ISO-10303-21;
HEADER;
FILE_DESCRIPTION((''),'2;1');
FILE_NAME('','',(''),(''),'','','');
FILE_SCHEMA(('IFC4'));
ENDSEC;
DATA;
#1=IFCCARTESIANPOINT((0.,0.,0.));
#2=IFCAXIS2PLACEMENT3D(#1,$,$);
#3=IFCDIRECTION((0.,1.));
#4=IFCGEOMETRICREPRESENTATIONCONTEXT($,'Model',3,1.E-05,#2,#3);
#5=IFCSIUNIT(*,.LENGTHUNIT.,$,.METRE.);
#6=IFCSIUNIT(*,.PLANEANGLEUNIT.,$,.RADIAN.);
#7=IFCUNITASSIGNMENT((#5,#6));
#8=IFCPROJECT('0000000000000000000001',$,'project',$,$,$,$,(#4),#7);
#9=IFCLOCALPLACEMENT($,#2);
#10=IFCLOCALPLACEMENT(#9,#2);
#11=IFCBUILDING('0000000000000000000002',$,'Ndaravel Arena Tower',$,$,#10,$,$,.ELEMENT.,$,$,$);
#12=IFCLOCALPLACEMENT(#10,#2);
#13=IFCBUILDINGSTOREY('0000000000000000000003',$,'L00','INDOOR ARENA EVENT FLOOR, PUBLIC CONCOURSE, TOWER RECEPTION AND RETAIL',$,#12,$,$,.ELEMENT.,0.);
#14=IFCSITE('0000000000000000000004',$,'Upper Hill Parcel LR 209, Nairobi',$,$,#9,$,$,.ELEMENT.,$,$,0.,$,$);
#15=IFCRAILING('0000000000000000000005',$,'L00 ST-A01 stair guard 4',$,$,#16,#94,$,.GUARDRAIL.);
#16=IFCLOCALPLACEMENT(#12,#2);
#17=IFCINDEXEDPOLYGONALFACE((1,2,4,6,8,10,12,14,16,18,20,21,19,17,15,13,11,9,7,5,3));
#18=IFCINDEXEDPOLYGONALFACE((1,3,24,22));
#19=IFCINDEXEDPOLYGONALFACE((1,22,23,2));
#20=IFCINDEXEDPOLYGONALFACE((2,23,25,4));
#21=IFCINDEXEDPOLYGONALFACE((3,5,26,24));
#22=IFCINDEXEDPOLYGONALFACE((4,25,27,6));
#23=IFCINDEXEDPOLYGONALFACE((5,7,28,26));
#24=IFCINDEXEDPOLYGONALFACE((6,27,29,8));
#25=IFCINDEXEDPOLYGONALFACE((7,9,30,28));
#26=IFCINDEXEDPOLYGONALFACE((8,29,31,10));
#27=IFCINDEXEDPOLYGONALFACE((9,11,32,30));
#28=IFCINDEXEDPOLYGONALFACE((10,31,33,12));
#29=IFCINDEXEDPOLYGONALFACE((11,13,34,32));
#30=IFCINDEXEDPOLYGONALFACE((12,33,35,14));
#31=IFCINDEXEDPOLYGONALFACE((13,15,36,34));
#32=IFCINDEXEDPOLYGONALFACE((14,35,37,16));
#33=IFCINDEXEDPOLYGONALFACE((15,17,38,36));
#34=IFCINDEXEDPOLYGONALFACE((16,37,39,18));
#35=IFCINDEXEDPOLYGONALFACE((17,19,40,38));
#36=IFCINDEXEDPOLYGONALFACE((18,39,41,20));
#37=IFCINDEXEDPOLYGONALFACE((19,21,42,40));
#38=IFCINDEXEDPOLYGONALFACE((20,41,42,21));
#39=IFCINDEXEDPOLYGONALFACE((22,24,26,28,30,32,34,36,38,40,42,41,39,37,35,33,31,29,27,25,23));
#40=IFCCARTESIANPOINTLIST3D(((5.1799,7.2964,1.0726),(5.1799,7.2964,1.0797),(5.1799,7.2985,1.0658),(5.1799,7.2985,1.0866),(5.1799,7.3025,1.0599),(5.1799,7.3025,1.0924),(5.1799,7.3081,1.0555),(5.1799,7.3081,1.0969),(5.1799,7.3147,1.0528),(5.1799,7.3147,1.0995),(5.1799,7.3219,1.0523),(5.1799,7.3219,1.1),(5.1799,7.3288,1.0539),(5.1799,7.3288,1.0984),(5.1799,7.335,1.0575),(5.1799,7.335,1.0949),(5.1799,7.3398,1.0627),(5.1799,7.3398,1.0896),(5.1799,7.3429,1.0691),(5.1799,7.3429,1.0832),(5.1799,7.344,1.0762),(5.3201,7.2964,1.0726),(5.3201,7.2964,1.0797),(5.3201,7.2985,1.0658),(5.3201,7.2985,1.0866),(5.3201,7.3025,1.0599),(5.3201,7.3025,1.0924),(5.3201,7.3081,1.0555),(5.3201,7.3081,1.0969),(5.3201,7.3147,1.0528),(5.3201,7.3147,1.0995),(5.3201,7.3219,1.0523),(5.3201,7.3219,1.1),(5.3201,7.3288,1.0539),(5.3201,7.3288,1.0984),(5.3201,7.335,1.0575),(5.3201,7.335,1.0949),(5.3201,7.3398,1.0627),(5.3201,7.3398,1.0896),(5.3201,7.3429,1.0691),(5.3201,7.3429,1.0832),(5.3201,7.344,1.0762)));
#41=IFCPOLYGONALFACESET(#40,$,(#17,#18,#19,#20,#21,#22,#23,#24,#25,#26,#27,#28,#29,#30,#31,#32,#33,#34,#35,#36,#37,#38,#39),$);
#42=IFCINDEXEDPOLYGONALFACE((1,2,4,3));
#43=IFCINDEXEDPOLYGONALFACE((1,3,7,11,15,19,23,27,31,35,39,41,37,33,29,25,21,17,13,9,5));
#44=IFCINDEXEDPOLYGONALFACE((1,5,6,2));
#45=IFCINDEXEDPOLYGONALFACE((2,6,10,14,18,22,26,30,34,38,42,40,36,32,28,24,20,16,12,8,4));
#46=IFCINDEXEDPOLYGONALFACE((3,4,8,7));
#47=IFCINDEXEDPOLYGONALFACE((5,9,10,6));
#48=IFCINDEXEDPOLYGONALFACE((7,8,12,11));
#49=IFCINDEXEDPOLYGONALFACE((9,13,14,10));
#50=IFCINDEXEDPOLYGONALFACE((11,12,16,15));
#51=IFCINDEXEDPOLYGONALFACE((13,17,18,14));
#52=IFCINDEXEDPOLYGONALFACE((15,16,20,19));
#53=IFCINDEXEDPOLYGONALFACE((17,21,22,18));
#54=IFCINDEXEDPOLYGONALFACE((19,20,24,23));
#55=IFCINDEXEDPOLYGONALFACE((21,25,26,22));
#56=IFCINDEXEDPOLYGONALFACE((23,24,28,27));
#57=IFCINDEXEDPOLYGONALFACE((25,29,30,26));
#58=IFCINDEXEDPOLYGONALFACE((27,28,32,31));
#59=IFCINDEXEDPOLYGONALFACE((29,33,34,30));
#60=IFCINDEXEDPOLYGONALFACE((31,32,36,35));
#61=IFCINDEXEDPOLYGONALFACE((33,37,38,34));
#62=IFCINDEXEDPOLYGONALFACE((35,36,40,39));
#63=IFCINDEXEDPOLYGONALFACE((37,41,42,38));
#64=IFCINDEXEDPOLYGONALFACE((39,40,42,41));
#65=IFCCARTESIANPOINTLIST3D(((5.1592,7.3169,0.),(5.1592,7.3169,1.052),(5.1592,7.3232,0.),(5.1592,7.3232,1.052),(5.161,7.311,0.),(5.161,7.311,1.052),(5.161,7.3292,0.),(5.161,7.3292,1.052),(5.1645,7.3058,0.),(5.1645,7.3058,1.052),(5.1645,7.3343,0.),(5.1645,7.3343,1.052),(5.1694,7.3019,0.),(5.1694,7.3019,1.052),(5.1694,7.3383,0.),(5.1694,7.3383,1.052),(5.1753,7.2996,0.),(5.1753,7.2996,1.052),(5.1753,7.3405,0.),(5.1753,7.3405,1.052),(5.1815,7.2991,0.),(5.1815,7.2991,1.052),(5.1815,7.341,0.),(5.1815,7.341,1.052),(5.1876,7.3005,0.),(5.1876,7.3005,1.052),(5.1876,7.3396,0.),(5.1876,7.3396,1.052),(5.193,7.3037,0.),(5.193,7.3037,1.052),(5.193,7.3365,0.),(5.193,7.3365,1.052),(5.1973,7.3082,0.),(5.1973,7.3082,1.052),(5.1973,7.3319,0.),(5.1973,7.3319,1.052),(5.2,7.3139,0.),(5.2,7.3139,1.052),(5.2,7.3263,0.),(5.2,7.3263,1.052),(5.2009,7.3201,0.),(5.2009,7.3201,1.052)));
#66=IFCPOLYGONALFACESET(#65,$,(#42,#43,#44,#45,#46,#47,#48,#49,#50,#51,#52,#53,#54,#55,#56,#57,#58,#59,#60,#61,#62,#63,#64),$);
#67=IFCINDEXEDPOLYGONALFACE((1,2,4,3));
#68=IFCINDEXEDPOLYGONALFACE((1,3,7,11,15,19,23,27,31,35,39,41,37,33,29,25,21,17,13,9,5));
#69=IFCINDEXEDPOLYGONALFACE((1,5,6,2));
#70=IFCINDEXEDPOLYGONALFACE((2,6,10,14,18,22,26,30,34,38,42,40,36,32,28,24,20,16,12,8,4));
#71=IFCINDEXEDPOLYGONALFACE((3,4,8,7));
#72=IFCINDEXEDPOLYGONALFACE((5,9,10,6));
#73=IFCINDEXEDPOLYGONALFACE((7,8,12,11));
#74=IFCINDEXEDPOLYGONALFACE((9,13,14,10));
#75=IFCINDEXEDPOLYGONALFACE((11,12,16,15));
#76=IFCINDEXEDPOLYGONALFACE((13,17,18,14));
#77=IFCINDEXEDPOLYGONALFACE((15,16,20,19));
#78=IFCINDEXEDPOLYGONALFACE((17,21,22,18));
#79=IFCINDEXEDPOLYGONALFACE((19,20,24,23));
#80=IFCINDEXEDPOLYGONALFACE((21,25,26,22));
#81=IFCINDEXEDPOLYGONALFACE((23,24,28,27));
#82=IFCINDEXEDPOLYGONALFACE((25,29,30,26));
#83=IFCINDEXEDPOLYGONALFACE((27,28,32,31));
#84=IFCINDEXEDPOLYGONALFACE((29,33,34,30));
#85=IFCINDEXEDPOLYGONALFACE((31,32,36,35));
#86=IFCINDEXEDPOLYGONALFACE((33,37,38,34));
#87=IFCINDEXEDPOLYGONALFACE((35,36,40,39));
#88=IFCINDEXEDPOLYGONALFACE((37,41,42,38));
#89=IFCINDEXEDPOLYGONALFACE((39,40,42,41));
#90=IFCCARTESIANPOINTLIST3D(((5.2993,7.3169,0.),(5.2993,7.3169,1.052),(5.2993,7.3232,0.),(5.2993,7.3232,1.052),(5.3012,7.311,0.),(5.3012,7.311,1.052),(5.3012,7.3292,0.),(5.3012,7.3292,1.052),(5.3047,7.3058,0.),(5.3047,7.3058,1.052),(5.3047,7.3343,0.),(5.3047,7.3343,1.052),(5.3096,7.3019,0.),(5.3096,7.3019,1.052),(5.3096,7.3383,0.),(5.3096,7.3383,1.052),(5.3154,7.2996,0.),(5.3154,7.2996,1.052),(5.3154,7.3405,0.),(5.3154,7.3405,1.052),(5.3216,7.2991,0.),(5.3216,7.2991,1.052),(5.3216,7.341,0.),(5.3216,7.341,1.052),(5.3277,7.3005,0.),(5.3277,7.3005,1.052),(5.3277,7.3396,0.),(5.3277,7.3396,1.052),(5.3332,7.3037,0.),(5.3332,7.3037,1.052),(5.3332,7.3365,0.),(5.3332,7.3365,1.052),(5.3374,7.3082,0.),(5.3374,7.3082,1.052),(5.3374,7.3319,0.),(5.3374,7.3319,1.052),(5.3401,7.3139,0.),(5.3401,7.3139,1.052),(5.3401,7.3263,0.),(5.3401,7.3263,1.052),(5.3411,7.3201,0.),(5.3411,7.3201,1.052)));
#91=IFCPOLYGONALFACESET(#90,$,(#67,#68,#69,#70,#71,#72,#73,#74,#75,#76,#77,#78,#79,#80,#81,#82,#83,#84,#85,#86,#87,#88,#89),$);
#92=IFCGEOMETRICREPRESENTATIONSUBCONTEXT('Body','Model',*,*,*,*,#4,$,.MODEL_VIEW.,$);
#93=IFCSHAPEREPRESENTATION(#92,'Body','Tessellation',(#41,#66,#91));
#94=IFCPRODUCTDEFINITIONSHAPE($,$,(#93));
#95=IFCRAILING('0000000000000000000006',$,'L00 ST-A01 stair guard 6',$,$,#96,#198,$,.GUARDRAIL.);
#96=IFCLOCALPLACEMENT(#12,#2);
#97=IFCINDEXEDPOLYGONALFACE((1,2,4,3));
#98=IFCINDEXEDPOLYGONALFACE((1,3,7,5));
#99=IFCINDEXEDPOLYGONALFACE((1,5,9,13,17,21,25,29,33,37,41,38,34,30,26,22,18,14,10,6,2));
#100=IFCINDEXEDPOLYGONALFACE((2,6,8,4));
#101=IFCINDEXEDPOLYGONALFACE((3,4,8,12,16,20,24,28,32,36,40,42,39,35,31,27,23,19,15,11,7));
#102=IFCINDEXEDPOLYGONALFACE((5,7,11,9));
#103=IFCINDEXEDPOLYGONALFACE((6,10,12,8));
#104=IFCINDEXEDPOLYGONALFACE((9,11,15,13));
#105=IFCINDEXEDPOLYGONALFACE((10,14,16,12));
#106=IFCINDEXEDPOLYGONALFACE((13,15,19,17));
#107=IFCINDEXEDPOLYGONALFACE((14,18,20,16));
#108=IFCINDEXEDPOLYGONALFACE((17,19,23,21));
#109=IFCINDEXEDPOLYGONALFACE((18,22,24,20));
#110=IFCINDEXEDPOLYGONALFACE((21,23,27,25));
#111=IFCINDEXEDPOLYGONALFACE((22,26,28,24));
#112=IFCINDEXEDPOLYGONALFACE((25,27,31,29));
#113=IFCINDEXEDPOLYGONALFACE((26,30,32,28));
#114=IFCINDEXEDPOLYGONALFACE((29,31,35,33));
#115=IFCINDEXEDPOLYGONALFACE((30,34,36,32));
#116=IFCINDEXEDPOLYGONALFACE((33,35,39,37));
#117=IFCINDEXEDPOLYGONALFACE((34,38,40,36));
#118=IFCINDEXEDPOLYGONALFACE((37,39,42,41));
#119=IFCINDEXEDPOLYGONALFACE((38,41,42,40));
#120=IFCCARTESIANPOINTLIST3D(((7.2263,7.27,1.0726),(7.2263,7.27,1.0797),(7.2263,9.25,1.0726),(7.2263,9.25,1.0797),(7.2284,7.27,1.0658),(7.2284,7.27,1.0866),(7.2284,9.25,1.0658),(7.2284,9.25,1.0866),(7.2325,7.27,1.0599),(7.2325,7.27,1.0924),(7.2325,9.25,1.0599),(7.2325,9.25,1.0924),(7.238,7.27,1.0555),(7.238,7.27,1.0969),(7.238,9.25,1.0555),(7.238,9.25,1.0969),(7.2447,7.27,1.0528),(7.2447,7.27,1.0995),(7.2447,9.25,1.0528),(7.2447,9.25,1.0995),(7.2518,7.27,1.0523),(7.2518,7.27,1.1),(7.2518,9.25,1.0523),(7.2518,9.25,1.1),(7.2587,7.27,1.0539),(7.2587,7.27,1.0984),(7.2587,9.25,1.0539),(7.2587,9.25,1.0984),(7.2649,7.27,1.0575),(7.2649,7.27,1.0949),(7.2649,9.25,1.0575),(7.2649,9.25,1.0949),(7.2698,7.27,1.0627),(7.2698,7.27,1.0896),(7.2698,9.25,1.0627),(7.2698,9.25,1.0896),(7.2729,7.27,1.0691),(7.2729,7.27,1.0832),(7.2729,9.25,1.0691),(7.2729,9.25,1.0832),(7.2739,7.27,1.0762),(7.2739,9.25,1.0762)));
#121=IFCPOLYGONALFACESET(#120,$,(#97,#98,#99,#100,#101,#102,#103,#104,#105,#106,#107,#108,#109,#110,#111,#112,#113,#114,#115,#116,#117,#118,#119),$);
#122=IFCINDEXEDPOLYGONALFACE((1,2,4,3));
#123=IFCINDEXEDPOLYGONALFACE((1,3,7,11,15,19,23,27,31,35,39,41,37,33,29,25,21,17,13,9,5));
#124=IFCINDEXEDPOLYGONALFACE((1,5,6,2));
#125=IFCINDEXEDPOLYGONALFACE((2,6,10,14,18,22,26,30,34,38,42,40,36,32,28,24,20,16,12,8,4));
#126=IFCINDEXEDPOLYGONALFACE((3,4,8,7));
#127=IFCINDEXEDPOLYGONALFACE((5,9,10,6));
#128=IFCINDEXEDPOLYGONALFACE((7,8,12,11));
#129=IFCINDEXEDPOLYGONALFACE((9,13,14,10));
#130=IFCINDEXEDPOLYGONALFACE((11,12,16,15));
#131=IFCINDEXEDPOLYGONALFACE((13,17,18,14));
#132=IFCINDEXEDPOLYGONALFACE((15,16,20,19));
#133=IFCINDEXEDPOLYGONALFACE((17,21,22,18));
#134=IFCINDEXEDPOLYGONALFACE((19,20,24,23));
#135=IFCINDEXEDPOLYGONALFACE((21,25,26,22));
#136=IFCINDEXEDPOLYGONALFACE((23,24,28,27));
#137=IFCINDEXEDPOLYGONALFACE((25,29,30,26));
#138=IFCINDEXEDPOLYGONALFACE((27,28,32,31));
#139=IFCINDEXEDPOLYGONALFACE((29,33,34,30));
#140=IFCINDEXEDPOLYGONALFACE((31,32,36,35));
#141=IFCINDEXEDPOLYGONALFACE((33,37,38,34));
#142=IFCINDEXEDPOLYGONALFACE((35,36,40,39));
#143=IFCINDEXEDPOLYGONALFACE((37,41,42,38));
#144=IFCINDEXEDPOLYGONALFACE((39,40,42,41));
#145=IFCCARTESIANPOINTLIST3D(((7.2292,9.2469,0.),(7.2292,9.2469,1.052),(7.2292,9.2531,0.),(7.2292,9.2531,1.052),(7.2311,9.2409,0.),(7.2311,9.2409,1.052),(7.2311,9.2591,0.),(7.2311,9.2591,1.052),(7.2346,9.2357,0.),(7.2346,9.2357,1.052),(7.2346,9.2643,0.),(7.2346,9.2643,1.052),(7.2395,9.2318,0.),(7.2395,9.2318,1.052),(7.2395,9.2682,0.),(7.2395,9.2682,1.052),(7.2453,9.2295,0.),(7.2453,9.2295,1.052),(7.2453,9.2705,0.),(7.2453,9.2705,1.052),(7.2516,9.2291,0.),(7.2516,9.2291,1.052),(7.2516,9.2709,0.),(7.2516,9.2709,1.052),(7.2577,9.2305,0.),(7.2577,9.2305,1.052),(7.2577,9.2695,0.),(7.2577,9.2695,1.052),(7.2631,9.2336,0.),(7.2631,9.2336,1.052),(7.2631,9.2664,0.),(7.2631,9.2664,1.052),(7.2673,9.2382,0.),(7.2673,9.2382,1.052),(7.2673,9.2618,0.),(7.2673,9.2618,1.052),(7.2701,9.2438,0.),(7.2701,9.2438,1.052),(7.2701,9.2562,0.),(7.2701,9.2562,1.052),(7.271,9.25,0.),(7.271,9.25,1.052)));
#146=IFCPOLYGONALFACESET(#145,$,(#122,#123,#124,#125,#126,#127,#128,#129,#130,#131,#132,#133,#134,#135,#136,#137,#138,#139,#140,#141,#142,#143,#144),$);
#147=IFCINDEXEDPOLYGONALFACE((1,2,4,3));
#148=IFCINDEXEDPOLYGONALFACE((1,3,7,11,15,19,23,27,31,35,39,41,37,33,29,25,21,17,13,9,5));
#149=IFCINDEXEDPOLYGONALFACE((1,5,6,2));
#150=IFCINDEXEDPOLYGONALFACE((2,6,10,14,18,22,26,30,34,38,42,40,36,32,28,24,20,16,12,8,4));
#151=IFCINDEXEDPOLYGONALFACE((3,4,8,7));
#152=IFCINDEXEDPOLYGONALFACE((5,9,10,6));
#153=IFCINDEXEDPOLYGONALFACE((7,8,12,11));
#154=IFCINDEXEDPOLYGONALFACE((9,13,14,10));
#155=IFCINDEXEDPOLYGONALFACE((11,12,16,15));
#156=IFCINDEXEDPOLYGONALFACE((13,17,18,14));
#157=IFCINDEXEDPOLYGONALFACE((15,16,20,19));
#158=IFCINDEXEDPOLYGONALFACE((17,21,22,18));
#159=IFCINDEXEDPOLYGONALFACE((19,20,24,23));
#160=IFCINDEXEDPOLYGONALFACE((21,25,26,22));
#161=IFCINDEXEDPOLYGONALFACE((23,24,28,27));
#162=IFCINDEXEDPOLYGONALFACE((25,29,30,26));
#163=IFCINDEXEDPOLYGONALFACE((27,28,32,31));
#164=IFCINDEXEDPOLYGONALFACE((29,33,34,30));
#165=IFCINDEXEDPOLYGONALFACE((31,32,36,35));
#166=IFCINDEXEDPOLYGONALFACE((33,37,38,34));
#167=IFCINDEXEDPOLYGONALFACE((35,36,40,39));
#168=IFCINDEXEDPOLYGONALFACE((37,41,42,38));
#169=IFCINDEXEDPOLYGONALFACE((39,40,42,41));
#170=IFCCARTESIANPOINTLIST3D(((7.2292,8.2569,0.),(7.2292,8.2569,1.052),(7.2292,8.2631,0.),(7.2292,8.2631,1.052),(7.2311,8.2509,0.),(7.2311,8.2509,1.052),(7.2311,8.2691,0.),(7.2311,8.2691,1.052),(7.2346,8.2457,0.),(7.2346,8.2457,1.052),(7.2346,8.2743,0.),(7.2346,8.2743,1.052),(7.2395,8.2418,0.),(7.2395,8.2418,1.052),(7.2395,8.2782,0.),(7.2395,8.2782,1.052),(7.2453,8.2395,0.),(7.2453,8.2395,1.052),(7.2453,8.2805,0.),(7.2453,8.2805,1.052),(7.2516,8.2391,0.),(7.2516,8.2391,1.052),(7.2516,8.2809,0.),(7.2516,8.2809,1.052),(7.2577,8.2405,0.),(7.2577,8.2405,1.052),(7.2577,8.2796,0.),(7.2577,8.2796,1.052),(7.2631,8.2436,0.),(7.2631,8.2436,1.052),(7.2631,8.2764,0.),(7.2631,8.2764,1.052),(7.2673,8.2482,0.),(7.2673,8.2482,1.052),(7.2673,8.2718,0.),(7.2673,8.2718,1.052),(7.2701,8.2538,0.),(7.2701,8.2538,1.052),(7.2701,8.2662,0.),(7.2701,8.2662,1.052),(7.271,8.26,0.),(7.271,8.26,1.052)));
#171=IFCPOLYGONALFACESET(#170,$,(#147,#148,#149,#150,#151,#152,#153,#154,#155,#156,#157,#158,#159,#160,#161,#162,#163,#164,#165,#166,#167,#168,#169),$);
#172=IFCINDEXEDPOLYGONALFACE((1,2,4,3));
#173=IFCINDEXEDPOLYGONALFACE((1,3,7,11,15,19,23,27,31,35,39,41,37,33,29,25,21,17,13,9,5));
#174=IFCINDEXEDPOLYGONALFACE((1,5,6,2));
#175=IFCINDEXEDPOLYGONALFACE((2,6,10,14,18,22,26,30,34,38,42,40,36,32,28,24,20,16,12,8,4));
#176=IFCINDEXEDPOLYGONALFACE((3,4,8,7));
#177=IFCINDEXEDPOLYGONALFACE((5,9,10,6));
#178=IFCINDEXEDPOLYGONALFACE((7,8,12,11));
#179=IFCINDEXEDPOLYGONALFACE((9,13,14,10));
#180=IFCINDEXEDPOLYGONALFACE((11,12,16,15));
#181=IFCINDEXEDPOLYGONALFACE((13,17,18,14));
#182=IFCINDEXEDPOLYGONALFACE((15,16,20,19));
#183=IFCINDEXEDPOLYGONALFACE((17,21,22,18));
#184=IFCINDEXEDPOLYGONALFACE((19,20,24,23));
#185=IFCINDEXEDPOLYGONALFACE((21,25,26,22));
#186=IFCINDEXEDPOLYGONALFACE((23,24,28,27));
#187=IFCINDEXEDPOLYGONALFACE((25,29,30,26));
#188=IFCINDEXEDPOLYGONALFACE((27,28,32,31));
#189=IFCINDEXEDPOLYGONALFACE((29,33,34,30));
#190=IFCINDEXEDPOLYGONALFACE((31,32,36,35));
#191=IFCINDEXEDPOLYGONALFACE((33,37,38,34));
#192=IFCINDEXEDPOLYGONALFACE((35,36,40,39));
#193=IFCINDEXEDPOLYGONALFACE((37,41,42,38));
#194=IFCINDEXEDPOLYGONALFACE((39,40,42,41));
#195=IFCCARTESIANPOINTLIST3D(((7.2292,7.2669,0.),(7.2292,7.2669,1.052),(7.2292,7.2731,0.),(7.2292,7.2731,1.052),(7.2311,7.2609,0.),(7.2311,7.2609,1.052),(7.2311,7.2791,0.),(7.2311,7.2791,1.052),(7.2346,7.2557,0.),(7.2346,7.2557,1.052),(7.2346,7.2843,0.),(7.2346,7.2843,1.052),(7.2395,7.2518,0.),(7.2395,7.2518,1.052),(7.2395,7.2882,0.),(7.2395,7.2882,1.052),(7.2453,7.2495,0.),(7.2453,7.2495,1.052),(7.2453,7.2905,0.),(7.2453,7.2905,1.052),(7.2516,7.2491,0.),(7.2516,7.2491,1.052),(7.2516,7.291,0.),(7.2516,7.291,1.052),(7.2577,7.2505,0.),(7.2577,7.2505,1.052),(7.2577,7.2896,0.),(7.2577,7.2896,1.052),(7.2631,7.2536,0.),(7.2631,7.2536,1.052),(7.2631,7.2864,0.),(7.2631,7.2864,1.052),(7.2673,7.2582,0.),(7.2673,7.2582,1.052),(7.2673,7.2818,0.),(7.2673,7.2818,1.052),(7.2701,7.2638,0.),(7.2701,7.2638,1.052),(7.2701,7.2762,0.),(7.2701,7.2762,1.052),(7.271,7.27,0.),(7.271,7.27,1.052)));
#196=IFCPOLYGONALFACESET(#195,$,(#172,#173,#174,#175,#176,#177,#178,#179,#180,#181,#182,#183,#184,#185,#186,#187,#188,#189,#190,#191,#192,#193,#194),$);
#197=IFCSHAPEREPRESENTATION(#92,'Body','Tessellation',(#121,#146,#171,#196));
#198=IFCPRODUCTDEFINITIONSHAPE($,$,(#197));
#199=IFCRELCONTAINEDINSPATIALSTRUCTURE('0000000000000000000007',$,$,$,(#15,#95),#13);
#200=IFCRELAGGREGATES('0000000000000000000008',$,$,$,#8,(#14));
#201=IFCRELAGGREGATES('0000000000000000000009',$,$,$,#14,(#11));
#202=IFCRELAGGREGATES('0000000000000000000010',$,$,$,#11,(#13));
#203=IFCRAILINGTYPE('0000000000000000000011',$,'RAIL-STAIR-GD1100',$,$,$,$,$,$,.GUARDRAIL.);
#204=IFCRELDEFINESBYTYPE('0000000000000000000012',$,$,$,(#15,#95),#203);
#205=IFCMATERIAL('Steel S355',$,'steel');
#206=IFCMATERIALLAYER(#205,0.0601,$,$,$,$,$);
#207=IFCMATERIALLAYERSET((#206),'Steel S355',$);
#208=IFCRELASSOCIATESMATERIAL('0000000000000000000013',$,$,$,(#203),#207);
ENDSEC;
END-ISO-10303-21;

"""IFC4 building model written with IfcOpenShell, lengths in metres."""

from ifc_helpers import new_model, si_unit, direction, frame, origin, origin_2d, place, context, subcontext, project, spatial, circle, extrude, material, layer, layer_set, type_object, element, save


model = new_model("IFC4")

# Units and contexts
model_context = context("Model", 3, precision=1e-05, world=origin(), true_north=direction((0.0, 1.0)))
body_context = subcontext(model_context, "Body", "Model", "MODEL_VIEW")
ifc_project = project(units=[si_unit("LENGTHUNIT", "METRE"), si_unit("PLANEANGLEUNIT", "RADIAN")], contexts=[model_context])

# Site, building, storey
site_placement = place(None, origin())
site = spatial("IfcSite", under=ifc_project, at=site_placement, Name="Upper Hill Parcel LR 209, Nairobi", CompositionType="ELEMENT", RefElevation=0.0)
building_placement = place(site_placement, origin())
building = spatial("IfcBuilding", under=site, at=building_placement, Name="Ndaravel Arena Tower", CompositionType="ELEMENT")
storey_placement = place(building_placement, origin())
storey = spatial("IfcBuildingStorey", under=building, at=storey_placement, Name="L00", Description="INDOOR ARENA EVENT FLOOR, PUBLIC CONCOURSE, TOWER RECEPTION AND RETAIL", CompositionType="ELEMENT", Elevation=0.0)

# Railings
ifc_material_1 = material(Name="Steel S355", Category="steel")
ifc_layer_1 = layer(ifc_material_1, 0.0601)
ifc_layer_set_1 = layer_set([ifc_layer_1], Name="Steel S355")
railing_type = type_object("IfcRailingType", Name="RAIL-STAIR-GD1100", PredefinedType="GUARDRAIL", material=ifc_layer_set_1)
railing_1_placement = place(storey_placement, frame((5.1799, 7.3201, 0.0)))
element("IfcRailing", 1, at=railing_1_placement, inside=storey, type_object=railing_type, Name="L00 ST-A01 stair guard 4", PredefinedType="GUARDRAIL", context=body_context, shape_type="SweptSolid", body=[
    extrude(circle(Radius=0.0239, at=origin_2d()), frame((0.0, 0.0, 1.0762), z_axis=(1.0, 0.0, 0.0), x_axis=(0.0, 1.0, 0.0)), (0.0, 0.0, 1.0), 0.1401),
    extrude(circle(Radius=0.021, at=origin_2d()), origin(), (0.0, 0.0, 1.0), 1.052),
    extrude(circle(Radius=0.021, at=origin_2d()), frame((0.1401, 0.0, 0.0)), (0.0, 0.0, 1.0), 1.052),
])
railing_2_placement = place(storey_placement, frame((7.25, 9.25, 0.0)))
element("IfcRailing", 2, at=railing_2_placement, inside=storey, type_object=railing_type, Name="L00 ST-A01 stair guard 6", PredefinedType="GUARDRAIL", context=body_context, shape_type="SweptSolid", body=[
    extrude(circle(Radius=0.0239, at=origin_2d()), frame((0.0, 0.0, 1.0762), z_axis=(0.0, -1.0, 0.0), x_axis=(1.0, 0.0, 0.0)), (0.0, 0.0, 1.0), 1.98),
    extrude(circle(Radius=0.021, at=origin_2d()), origin(), (0.0, 0.0, 1.0), 1.052),
    extrude(circle(Radius=0.021, at=origin_2d()), frame((0.0, -0.99, 0.0)), (0.0, 0.0, 1.0), 1.052),
    extrude(circle(Radius=0.021, at=origin_2d()), frame((0.0, -1.98, 0.0)), (0.0, 0.0, 1.0), 1.052),
])

save(model, "model.ifc")
